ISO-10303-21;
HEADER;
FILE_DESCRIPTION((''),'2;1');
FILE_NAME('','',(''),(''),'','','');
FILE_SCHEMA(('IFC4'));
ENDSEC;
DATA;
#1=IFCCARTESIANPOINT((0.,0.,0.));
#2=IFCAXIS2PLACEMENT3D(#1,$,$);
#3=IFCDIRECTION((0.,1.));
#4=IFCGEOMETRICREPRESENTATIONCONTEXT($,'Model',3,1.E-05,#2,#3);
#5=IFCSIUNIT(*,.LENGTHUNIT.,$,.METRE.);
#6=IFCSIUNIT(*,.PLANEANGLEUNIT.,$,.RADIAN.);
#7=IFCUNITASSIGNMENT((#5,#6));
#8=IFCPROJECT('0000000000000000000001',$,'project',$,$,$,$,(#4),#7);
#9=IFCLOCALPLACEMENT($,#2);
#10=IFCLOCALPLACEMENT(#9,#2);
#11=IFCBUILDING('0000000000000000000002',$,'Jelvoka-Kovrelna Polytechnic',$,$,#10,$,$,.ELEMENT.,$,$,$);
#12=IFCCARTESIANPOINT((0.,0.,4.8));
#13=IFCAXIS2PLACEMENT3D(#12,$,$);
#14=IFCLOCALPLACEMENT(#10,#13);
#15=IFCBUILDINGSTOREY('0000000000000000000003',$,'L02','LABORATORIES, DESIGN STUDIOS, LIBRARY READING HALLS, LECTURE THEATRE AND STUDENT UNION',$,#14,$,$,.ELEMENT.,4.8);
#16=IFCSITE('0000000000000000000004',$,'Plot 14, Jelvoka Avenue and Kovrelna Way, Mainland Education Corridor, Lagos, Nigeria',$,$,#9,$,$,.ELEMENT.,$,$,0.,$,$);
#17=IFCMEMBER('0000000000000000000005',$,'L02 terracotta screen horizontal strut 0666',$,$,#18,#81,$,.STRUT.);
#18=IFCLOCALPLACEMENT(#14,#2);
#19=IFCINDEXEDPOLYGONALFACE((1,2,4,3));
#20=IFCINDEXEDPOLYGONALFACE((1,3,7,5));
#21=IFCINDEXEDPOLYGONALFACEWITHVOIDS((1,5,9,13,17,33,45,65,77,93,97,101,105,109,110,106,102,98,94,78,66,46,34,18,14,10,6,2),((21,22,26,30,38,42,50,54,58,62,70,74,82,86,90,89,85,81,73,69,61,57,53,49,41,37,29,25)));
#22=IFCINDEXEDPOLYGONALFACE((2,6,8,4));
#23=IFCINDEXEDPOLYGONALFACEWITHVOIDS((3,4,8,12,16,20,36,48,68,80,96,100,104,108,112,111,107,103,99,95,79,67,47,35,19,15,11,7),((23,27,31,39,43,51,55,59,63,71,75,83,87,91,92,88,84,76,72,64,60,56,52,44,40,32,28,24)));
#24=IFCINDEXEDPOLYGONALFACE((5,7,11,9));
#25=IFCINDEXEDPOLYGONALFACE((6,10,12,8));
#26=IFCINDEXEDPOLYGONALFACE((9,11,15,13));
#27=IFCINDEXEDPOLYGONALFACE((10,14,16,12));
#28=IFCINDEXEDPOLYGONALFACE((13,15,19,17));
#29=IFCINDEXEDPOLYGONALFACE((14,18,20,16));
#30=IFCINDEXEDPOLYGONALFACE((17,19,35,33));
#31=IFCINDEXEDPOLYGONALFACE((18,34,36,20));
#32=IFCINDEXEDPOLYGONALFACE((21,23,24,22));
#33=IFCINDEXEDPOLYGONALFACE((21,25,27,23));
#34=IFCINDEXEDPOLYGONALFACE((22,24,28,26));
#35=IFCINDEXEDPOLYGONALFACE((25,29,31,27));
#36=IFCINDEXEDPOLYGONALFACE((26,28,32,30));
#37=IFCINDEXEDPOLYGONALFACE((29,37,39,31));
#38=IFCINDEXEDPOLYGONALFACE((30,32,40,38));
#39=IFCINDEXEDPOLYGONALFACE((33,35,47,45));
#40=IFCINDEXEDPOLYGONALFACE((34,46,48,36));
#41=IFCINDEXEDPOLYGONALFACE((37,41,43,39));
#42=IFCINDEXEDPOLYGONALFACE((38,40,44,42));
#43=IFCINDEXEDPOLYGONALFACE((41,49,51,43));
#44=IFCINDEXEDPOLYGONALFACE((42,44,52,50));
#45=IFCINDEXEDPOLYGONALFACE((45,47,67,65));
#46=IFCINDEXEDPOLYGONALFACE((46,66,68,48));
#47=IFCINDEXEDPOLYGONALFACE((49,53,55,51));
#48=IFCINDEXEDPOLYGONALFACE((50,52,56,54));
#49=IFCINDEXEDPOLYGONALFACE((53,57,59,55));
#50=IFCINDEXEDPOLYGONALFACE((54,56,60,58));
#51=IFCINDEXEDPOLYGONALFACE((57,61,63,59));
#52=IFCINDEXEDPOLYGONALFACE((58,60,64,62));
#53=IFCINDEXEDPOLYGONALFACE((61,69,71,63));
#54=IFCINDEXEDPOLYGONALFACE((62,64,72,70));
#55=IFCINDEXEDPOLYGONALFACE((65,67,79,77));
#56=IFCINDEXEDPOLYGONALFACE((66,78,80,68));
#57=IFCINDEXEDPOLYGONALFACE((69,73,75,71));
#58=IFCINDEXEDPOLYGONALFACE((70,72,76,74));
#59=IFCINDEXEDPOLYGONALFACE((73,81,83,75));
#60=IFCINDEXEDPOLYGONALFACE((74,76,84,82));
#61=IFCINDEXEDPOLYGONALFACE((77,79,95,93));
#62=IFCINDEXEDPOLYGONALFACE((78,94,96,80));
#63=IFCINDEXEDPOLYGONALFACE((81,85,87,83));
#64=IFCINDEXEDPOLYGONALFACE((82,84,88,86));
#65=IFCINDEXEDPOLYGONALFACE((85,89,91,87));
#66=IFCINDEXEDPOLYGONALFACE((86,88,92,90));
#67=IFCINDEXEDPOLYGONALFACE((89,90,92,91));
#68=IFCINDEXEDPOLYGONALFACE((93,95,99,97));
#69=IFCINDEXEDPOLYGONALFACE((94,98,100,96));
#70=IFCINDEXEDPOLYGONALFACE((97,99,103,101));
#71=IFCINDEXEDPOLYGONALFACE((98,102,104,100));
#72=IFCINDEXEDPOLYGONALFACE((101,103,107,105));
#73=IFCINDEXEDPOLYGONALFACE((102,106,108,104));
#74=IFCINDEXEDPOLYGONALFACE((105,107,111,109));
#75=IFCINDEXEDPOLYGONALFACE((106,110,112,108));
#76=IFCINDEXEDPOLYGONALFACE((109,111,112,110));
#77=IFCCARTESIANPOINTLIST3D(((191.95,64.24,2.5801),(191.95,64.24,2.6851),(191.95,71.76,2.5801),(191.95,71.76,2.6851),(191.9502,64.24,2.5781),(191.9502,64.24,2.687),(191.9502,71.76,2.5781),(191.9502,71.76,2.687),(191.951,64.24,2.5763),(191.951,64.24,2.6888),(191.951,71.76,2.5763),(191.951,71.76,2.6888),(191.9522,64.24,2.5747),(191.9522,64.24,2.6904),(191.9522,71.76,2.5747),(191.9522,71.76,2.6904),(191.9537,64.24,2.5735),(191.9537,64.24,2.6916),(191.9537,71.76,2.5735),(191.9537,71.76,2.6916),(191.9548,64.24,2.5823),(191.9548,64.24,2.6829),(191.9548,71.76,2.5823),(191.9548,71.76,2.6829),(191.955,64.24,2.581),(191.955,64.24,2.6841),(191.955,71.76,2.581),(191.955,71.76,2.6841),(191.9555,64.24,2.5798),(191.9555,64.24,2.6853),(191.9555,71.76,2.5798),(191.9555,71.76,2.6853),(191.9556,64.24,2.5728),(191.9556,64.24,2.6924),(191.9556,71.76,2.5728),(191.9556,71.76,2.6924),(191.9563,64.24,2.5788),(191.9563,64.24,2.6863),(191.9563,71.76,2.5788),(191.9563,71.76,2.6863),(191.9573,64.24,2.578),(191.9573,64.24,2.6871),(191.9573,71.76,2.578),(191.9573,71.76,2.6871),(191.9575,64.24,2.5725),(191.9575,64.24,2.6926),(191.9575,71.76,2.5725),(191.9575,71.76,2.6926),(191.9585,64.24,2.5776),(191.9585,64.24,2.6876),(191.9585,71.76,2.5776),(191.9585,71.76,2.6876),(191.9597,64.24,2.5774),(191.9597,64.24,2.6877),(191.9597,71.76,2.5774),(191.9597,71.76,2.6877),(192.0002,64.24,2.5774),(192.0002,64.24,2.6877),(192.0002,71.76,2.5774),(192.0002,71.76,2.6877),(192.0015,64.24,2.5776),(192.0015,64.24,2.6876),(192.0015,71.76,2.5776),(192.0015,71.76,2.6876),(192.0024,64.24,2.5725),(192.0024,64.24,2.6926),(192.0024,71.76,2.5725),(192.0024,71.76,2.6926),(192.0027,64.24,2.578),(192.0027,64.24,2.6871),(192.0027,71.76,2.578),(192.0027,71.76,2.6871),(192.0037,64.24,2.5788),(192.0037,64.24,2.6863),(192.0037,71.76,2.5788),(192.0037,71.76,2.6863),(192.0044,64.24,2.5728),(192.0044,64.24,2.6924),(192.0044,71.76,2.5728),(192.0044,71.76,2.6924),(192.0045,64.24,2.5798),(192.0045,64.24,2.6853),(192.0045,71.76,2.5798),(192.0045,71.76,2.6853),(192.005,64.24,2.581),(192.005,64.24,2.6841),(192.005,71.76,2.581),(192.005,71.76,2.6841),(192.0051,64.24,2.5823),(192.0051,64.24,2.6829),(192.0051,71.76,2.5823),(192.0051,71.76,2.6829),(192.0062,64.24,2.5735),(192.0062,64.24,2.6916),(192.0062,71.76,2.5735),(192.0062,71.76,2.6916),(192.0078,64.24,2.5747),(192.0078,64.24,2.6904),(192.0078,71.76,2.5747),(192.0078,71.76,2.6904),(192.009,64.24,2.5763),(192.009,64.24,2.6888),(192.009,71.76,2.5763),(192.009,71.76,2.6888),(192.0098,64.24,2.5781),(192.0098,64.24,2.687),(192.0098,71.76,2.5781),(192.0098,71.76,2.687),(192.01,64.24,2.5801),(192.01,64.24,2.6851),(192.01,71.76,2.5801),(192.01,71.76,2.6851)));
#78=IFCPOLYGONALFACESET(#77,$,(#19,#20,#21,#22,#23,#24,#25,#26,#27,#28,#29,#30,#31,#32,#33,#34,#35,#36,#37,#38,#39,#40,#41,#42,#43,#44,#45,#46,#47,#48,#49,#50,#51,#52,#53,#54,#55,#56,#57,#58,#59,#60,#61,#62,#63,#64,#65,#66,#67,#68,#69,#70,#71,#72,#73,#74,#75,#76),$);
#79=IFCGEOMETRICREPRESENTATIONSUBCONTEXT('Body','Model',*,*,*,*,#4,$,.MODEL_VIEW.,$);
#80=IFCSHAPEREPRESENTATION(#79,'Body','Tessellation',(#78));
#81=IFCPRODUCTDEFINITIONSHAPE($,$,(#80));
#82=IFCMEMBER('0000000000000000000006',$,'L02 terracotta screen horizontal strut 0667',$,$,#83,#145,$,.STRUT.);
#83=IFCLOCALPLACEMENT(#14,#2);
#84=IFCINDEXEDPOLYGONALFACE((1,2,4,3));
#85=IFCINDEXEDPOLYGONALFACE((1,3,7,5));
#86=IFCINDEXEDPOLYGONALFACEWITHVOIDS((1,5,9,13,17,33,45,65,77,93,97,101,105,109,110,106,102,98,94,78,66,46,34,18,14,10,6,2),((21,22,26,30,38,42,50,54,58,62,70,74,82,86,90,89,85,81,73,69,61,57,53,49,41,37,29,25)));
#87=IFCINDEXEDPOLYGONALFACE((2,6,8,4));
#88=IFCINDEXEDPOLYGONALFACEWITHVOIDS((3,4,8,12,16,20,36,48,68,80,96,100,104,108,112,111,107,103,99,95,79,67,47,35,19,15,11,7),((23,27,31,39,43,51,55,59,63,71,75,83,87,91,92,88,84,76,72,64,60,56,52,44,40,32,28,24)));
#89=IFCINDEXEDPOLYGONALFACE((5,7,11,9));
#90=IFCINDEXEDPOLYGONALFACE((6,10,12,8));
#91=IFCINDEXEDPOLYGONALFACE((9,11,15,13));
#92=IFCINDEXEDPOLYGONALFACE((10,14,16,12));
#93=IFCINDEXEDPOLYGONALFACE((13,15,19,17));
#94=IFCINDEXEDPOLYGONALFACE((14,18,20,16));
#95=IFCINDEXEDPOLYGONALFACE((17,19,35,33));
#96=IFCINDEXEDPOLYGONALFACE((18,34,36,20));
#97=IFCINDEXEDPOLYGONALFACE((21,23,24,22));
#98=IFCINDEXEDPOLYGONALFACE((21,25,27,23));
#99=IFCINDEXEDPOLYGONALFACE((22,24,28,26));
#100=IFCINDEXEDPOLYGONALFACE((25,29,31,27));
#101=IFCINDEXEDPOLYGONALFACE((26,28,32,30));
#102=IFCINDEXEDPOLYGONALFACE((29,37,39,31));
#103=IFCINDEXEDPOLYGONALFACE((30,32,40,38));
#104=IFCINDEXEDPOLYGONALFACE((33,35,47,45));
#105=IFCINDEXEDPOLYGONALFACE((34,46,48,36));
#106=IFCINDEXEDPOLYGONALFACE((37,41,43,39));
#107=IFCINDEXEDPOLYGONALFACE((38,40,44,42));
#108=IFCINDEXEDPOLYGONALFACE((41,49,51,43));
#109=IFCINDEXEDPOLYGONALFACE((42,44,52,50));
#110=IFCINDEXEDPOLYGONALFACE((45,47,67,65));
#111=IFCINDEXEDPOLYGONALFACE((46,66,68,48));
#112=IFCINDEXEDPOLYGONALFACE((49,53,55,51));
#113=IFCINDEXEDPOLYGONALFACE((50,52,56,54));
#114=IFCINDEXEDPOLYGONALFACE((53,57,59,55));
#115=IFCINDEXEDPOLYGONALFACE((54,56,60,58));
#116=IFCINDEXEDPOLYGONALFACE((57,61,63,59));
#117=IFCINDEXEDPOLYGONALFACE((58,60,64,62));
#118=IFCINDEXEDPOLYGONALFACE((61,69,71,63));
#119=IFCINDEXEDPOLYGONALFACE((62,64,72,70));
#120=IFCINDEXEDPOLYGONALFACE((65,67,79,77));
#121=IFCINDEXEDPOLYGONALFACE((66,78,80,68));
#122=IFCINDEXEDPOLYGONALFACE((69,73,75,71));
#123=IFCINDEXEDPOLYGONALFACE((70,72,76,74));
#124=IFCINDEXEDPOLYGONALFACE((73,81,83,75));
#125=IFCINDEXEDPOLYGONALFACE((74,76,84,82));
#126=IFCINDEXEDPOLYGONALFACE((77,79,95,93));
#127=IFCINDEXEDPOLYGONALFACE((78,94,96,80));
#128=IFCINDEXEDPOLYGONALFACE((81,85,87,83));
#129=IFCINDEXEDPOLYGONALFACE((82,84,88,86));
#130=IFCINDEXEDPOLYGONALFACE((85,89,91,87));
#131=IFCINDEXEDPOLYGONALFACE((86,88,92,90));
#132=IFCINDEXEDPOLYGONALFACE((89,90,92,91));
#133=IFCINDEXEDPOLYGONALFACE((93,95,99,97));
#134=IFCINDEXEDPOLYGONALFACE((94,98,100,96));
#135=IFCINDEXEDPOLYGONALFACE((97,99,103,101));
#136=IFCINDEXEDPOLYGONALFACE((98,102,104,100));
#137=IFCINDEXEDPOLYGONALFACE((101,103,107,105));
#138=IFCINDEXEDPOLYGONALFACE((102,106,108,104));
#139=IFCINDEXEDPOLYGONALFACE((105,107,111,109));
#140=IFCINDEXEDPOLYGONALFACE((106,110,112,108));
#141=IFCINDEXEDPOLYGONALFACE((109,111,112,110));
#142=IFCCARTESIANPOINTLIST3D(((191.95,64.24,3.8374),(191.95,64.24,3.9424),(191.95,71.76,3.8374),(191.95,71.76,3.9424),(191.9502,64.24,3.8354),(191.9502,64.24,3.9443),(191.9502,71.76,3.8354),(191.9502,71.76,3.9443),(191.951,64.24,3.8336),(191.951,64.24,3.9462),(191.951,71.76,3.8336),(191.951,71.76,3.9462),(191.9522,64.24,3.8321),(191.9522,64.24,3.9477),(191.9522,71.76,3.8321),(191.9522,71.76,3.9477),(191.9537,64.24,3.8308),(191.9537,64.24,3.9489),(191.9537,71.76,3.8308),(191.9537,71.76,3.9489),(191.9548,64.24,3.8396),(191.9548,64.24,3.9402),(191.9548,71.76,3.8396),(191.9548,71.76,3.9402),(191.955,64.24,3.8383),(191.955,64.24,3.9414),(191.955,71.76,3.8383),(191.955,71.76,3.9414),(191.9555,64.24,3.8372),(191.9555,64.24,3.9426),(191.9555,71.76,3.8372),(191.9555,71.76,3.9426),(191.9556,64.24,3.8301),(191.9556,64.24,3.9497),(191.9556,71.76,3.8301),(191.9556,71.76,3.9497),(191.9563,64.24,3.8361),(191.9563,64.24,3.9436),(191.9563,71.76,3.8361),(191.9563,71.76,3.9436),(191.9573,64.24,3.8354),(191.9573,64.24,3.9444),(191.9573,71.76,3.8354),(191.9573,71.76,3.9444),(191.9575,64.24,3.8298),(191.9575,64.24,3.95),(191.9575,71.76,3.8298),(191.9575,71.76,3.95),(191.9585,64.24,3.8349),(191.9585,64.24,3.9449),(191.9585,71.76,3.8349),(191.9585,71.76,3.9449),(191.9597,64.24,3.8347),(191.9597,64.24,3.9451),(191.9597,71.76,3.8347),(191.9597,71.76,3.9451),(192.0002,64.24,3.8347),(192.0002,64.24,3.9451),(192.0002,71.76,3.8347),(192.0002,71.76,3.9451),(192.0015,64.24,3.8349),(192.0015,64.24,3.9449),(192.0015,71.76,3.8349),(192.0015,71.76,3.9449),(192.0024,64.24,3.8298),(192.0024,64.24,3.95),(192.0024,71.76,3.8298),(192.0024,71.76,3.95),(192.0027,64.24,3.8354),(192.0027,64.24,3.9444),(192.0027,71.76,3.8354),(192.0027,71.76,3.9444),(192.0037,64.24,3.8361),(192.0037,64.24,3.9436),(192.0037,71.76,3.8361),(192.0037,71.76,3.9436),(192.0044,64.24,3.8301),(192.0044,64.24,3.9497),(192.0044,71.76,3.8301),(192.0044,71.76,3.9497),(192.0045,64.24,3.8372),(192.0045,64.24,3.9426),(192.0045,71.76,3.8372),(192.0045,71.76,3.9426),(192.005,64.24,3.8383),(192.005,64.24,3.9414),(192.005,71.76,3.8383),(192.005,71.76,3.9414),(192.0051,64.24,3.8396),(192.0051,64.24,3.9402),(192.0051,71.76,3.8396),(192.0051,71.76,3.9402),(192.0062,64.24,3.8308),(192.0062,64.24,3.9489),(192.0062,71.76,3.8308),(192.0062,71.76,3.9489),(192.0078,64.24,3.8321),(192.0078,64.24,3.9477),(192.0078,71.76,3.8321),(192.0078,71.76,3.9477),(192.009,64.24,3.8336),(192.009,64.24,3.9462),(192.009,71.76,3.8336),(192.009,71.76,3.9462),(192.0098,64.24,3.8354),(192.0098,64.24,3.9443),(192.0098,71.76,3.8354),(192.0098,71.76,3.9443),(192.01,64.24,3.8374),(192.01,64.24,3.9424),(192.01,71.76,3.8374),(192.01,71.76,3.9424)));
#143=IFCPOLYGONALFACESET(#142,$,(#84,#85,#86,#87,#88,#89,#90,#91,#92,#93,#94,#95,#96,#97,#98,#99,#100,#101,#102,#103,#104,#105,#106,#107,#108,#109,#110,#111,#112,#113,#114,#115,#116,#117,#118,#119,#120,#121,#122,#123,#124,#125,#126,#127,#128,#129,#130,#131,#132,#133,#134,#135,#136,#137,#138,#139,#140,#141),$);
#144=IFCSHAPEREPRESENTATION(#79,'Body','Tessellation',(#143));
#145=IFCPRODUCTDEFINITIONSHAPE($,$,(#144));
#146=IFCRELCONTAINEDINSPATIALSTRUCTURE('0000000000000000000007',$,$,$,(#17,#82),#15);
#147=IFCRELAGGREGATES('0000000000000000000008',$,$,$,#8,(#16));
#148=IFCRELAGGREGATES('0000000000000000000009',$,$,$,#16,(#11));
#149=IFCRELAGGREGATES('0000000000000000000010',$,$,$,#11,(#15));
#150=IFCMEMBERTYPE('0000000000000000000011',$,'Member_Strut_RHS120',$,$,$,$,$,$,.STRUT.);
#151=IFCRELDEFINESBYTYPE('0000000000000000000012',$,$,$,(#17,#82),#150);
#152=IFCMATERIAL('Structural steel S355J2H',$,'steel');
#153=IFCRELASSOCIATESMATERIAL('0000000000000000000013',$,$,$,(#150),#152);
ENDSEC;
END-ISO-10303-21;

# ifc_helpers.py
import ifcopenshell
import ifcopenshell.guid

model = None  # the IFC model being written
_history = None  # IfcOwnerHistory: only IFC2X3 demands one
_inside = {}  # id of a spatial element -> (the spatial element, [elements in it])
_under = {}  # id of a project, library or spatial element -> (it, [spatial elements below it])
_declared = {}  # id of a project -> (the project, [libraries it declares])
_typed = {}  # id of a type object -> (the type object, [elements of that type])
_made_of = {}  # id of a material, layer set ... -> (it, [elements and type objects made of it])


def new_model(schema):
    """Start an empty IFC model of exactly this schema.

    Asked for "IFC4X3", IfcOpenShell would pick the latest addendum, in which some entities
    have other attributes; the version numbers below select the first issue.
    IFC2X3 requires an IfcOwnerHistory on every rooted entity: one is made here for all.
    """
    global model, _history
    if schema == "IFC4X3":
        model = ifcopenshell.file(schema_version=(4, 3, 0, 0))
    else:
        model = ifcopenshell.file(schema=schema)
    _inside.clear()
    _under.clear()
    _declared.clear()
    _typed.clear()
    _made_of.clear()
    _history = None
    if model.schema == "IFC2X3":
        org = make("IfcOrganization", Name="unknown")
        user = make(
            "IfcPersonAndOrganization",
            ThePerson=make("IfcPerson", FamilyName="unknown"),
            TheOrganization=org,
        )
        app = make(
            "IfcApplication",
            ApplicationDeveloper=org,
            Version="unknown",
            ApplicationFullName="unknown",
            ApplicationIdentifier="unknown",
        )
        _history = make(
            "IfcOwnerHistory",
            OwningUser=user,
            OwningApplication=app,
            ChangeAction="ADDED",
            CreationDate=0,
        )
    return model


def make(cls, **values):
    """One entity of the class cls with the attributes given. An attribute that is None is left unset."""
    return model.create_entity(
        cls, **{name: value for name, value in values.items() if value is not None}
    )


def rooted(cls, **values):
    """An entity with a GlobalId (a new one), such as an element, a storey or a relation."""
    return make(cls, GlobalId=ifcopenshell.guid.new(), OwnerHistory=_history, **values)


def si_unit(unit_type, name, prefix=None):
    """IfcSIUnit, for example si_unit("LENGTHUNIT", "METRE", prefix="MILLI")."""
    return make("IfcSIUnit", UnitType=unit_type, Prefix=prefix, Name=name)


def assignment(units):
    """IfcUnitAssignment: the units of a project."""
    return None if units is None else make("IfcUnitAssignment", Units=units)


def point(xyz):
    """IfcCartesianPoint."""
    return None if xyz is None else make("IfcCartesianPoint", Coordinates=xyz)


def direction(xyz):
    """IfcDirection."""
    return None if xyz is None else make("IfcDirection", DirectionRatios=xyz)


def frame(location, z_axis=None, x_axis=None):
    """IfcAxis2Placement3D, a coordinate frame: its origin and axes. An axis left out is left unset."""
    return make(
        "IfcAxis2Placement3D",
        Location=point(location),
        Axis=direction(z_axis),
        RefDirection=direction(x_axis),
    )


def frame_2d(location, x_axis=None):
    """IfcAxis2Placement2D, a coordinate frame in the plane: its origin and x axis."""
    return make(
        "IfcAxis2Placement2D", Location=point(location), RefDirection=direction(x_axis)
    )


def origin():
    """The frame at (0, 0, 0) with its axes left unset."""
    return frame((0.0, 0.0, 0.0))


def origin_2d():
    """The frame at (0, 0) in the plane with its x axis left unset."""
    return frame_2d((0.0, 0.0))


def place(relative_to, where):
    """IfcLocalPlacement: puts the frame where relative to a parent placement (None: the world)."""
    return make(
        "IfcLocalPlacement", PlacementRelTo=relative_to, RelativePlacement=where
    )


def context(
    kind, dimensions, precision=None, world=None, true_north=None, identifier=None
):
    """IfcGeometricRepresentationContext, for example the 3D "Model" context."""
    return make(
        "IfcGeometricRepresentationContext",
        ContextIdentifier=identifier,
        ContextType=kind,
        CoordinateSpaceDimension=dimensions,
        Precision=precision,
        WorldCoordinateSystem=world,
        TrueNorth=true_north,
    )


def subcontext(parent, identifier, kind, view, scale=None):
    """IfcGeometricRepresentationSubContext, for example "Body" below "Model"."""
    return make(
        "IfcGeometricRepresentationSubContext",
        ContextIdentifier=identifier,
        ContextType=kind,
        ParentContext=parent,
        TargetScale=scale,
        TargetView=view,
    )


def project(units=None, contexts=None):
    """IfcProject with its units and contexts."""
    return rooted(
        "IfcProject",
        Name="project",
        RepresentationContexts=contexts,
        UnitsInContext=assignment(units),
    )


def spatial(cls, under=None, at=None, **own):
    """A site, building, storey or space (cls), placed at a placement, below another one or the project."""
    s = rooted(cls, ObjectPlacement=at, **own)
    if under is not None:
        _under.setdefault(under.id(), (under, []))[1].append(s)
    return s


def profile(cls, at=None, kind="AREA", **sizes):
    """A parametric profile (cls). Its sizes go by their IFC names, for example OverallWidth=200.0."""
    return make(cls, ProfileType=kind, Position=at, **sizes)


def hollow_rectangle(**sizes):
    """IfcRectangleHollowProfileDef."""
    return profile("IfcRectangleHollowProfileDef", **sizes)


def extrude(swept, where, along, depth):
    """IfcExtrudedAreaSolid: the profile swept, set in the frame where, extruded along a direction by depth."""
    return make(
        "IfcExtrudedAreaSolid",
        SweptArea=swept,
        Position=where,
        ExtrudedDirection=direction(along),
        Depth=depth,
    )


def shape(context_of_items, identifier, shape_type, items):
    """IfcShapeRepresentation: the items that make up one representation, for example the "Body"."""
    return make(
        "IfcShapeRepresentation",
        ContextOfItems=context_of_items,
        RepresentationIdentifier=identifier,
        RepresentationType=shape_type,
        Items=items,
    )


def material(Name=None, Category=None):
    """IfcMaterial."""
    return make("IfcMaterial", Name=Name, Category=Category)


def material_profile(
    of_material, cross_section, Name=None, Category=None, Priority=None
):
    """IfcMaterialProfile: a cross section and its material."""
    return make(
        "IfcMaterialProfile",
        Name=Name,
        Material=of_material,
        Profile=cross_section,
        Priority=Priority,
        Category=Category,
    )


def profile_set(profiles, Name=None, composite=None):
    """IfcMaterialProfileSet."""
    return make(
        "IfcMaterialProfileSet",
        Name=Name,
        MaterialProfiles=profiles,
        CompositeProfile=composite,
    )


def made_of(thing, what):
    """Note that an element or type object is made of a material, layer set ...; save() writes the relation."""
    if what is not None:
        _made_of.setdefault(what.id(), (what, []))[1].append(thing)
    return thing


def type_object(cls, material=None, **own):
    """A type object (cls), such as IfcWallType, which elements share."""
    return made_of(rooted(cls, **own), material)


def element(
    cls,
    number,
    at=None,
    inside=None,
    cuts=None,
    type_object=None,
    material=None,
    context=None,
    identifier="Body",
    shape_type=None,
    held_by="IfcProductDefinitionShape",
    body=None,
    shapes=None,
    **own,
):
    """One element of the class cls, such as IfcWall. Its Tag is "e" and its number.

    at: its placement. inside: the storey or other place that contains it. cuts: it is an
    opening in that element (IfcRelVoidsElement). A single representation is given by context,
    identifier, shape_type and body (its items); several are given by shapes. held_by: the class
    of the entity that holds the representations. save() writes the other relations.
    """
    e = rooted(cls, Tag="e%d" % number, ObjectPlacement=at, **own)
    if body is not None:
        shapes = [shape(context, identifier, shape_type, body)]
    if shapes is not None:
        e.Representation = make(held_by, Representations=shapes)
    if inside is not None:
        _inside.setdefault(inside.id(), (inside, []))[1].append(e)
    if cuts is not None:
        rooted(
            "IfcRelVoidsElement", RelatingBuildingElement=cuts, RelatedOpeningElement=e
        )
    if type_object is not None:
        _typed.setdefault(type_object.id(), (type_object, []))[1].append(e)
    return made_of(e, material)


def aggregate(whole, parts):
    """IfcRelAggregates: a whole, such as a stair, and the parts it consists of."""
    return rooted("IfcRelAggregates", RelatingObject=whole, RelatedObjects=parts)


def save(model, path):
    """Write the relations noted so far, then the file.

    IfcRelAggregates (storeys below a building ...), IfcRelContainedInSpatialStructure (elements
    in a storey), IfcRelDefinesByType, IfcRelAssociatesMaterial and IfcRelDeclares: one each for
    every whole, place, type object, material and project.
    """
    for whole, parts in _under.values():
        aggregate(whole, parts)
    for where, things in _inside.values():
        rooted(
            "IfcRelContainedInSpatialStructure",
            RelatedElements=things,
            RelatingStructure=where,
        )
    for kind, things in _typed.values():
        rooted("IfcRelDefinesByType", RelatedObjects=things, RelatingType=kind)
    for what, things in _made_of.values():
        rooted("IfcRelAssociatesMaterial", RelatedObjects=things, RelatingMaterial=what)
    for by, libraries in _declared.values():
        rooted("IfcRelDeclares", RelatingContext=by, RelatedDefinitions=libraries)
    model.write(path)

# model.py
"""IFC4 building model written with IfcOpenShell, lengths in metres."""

from ifc_helpers import new_model, si_unit, direction, frame, origin, origin_2d, place, context, subcontext, project, spatial, hollow_rectangle, extrude, material, material_profile, profile_set, type_object, element, save


model = new_model("IFC4")

# Units and contexts
model_context = context("Model", 3, precision=1e-05, world=origin(), true_north=direction((0.0, 1.0)))
body_context = subcontext(model_context, "Body", "Model", "MODEL_VIEW")
ifc_project = project(units=[si_unit("LENGTHUNIT", "METRE"), si_unit("PLANEANGLEUNIT", "RADIAN")], contexts=[model_context])

# Site, building, storey
site_placement = place(None, origin())
site = spatial("IfcSite", under=ifc_project, at=site_placement, Name="Plot 14, Jelvoka Avenue and Kovrelna Way, Mainland Education Corridor, Lagos, Nigeria", CompositionType="ELEMENT", RefElevation=0.0)
building_placement = place(site_placement, origin())
building = spatial("IfcBuilding", under=site, at=building_placement, Name="Jelvoka-Kovrelna Polytechnic", CompositionType="ELEMENT")
storey_placement = place(building_placement, frame((0.0, 0.0, 4.8)))
storey = spatial("IfcBuildingStorey", under=building, at=storey_placement, Name="L02", Description="LABORATORIES, DESIGN STUDIOS, LIBRARY READING HALLS, LECTURE THEATRE AND STUDENT UNION", CompositionType="ELEMENT", Elevation=4.8)

# Members
ifc_material_1 = material(Name="Structural steel S355J2H", Category="steel")
ifc_material_profile_1 = material_profile(ifc_material_1, hollow_rectangle(XDim=0.0601, YDim=0.1201, WallThickness=0.0049, InnerFilletRadius=0.0049, OuterFilletRadius=0.0076, at=origin_2d()), Name="120x60x5.0 RHS")
ifc_profile_set_1 = profile_set([ifc_material_profile_1], Name="Structural steel S355J2H")
member_type_1 = type_object("IfcMemberType", Name="Member_Strut_RHS120", PredefinedType="STRUT", material=ifc_profile_set_1)
for number, where, z_axis, x_axis, name in (
    (1, (191.98, 64.24, 2.6326), (0.0, 1.0, 0.0), (-1.0, 0.0, 0.0), "L02 terracotta screen horizontal strut 0666"),
    (2, (191.98, 64.24, 3.8899), (0.0, 1.0, 0.0), (-1.0, 0.0, 0.0), "L02 terracotta screen horizontal strut 0667"),
):
    element("IfcMember", number, at=place(storey_placement, frame(where, z_axis=z_axis, x_axis=x_axis)), inside=storey, type_object=member_type_1, Name=name, PredefinedType="STRUT", context=body_context, shape_type="SweptSolid", body=[
        extrude(hollow_rectangle(XDim=0.0601, YDim=0.1201, WallThickness=0.0049, InnerFilletRadius=0.0049, OuterFilletRadius=0.0076, at=origin_2d()), origin(), (0.0, 0.0, 1.0), 7.52),
    ])

save(model, "model.ifc")
